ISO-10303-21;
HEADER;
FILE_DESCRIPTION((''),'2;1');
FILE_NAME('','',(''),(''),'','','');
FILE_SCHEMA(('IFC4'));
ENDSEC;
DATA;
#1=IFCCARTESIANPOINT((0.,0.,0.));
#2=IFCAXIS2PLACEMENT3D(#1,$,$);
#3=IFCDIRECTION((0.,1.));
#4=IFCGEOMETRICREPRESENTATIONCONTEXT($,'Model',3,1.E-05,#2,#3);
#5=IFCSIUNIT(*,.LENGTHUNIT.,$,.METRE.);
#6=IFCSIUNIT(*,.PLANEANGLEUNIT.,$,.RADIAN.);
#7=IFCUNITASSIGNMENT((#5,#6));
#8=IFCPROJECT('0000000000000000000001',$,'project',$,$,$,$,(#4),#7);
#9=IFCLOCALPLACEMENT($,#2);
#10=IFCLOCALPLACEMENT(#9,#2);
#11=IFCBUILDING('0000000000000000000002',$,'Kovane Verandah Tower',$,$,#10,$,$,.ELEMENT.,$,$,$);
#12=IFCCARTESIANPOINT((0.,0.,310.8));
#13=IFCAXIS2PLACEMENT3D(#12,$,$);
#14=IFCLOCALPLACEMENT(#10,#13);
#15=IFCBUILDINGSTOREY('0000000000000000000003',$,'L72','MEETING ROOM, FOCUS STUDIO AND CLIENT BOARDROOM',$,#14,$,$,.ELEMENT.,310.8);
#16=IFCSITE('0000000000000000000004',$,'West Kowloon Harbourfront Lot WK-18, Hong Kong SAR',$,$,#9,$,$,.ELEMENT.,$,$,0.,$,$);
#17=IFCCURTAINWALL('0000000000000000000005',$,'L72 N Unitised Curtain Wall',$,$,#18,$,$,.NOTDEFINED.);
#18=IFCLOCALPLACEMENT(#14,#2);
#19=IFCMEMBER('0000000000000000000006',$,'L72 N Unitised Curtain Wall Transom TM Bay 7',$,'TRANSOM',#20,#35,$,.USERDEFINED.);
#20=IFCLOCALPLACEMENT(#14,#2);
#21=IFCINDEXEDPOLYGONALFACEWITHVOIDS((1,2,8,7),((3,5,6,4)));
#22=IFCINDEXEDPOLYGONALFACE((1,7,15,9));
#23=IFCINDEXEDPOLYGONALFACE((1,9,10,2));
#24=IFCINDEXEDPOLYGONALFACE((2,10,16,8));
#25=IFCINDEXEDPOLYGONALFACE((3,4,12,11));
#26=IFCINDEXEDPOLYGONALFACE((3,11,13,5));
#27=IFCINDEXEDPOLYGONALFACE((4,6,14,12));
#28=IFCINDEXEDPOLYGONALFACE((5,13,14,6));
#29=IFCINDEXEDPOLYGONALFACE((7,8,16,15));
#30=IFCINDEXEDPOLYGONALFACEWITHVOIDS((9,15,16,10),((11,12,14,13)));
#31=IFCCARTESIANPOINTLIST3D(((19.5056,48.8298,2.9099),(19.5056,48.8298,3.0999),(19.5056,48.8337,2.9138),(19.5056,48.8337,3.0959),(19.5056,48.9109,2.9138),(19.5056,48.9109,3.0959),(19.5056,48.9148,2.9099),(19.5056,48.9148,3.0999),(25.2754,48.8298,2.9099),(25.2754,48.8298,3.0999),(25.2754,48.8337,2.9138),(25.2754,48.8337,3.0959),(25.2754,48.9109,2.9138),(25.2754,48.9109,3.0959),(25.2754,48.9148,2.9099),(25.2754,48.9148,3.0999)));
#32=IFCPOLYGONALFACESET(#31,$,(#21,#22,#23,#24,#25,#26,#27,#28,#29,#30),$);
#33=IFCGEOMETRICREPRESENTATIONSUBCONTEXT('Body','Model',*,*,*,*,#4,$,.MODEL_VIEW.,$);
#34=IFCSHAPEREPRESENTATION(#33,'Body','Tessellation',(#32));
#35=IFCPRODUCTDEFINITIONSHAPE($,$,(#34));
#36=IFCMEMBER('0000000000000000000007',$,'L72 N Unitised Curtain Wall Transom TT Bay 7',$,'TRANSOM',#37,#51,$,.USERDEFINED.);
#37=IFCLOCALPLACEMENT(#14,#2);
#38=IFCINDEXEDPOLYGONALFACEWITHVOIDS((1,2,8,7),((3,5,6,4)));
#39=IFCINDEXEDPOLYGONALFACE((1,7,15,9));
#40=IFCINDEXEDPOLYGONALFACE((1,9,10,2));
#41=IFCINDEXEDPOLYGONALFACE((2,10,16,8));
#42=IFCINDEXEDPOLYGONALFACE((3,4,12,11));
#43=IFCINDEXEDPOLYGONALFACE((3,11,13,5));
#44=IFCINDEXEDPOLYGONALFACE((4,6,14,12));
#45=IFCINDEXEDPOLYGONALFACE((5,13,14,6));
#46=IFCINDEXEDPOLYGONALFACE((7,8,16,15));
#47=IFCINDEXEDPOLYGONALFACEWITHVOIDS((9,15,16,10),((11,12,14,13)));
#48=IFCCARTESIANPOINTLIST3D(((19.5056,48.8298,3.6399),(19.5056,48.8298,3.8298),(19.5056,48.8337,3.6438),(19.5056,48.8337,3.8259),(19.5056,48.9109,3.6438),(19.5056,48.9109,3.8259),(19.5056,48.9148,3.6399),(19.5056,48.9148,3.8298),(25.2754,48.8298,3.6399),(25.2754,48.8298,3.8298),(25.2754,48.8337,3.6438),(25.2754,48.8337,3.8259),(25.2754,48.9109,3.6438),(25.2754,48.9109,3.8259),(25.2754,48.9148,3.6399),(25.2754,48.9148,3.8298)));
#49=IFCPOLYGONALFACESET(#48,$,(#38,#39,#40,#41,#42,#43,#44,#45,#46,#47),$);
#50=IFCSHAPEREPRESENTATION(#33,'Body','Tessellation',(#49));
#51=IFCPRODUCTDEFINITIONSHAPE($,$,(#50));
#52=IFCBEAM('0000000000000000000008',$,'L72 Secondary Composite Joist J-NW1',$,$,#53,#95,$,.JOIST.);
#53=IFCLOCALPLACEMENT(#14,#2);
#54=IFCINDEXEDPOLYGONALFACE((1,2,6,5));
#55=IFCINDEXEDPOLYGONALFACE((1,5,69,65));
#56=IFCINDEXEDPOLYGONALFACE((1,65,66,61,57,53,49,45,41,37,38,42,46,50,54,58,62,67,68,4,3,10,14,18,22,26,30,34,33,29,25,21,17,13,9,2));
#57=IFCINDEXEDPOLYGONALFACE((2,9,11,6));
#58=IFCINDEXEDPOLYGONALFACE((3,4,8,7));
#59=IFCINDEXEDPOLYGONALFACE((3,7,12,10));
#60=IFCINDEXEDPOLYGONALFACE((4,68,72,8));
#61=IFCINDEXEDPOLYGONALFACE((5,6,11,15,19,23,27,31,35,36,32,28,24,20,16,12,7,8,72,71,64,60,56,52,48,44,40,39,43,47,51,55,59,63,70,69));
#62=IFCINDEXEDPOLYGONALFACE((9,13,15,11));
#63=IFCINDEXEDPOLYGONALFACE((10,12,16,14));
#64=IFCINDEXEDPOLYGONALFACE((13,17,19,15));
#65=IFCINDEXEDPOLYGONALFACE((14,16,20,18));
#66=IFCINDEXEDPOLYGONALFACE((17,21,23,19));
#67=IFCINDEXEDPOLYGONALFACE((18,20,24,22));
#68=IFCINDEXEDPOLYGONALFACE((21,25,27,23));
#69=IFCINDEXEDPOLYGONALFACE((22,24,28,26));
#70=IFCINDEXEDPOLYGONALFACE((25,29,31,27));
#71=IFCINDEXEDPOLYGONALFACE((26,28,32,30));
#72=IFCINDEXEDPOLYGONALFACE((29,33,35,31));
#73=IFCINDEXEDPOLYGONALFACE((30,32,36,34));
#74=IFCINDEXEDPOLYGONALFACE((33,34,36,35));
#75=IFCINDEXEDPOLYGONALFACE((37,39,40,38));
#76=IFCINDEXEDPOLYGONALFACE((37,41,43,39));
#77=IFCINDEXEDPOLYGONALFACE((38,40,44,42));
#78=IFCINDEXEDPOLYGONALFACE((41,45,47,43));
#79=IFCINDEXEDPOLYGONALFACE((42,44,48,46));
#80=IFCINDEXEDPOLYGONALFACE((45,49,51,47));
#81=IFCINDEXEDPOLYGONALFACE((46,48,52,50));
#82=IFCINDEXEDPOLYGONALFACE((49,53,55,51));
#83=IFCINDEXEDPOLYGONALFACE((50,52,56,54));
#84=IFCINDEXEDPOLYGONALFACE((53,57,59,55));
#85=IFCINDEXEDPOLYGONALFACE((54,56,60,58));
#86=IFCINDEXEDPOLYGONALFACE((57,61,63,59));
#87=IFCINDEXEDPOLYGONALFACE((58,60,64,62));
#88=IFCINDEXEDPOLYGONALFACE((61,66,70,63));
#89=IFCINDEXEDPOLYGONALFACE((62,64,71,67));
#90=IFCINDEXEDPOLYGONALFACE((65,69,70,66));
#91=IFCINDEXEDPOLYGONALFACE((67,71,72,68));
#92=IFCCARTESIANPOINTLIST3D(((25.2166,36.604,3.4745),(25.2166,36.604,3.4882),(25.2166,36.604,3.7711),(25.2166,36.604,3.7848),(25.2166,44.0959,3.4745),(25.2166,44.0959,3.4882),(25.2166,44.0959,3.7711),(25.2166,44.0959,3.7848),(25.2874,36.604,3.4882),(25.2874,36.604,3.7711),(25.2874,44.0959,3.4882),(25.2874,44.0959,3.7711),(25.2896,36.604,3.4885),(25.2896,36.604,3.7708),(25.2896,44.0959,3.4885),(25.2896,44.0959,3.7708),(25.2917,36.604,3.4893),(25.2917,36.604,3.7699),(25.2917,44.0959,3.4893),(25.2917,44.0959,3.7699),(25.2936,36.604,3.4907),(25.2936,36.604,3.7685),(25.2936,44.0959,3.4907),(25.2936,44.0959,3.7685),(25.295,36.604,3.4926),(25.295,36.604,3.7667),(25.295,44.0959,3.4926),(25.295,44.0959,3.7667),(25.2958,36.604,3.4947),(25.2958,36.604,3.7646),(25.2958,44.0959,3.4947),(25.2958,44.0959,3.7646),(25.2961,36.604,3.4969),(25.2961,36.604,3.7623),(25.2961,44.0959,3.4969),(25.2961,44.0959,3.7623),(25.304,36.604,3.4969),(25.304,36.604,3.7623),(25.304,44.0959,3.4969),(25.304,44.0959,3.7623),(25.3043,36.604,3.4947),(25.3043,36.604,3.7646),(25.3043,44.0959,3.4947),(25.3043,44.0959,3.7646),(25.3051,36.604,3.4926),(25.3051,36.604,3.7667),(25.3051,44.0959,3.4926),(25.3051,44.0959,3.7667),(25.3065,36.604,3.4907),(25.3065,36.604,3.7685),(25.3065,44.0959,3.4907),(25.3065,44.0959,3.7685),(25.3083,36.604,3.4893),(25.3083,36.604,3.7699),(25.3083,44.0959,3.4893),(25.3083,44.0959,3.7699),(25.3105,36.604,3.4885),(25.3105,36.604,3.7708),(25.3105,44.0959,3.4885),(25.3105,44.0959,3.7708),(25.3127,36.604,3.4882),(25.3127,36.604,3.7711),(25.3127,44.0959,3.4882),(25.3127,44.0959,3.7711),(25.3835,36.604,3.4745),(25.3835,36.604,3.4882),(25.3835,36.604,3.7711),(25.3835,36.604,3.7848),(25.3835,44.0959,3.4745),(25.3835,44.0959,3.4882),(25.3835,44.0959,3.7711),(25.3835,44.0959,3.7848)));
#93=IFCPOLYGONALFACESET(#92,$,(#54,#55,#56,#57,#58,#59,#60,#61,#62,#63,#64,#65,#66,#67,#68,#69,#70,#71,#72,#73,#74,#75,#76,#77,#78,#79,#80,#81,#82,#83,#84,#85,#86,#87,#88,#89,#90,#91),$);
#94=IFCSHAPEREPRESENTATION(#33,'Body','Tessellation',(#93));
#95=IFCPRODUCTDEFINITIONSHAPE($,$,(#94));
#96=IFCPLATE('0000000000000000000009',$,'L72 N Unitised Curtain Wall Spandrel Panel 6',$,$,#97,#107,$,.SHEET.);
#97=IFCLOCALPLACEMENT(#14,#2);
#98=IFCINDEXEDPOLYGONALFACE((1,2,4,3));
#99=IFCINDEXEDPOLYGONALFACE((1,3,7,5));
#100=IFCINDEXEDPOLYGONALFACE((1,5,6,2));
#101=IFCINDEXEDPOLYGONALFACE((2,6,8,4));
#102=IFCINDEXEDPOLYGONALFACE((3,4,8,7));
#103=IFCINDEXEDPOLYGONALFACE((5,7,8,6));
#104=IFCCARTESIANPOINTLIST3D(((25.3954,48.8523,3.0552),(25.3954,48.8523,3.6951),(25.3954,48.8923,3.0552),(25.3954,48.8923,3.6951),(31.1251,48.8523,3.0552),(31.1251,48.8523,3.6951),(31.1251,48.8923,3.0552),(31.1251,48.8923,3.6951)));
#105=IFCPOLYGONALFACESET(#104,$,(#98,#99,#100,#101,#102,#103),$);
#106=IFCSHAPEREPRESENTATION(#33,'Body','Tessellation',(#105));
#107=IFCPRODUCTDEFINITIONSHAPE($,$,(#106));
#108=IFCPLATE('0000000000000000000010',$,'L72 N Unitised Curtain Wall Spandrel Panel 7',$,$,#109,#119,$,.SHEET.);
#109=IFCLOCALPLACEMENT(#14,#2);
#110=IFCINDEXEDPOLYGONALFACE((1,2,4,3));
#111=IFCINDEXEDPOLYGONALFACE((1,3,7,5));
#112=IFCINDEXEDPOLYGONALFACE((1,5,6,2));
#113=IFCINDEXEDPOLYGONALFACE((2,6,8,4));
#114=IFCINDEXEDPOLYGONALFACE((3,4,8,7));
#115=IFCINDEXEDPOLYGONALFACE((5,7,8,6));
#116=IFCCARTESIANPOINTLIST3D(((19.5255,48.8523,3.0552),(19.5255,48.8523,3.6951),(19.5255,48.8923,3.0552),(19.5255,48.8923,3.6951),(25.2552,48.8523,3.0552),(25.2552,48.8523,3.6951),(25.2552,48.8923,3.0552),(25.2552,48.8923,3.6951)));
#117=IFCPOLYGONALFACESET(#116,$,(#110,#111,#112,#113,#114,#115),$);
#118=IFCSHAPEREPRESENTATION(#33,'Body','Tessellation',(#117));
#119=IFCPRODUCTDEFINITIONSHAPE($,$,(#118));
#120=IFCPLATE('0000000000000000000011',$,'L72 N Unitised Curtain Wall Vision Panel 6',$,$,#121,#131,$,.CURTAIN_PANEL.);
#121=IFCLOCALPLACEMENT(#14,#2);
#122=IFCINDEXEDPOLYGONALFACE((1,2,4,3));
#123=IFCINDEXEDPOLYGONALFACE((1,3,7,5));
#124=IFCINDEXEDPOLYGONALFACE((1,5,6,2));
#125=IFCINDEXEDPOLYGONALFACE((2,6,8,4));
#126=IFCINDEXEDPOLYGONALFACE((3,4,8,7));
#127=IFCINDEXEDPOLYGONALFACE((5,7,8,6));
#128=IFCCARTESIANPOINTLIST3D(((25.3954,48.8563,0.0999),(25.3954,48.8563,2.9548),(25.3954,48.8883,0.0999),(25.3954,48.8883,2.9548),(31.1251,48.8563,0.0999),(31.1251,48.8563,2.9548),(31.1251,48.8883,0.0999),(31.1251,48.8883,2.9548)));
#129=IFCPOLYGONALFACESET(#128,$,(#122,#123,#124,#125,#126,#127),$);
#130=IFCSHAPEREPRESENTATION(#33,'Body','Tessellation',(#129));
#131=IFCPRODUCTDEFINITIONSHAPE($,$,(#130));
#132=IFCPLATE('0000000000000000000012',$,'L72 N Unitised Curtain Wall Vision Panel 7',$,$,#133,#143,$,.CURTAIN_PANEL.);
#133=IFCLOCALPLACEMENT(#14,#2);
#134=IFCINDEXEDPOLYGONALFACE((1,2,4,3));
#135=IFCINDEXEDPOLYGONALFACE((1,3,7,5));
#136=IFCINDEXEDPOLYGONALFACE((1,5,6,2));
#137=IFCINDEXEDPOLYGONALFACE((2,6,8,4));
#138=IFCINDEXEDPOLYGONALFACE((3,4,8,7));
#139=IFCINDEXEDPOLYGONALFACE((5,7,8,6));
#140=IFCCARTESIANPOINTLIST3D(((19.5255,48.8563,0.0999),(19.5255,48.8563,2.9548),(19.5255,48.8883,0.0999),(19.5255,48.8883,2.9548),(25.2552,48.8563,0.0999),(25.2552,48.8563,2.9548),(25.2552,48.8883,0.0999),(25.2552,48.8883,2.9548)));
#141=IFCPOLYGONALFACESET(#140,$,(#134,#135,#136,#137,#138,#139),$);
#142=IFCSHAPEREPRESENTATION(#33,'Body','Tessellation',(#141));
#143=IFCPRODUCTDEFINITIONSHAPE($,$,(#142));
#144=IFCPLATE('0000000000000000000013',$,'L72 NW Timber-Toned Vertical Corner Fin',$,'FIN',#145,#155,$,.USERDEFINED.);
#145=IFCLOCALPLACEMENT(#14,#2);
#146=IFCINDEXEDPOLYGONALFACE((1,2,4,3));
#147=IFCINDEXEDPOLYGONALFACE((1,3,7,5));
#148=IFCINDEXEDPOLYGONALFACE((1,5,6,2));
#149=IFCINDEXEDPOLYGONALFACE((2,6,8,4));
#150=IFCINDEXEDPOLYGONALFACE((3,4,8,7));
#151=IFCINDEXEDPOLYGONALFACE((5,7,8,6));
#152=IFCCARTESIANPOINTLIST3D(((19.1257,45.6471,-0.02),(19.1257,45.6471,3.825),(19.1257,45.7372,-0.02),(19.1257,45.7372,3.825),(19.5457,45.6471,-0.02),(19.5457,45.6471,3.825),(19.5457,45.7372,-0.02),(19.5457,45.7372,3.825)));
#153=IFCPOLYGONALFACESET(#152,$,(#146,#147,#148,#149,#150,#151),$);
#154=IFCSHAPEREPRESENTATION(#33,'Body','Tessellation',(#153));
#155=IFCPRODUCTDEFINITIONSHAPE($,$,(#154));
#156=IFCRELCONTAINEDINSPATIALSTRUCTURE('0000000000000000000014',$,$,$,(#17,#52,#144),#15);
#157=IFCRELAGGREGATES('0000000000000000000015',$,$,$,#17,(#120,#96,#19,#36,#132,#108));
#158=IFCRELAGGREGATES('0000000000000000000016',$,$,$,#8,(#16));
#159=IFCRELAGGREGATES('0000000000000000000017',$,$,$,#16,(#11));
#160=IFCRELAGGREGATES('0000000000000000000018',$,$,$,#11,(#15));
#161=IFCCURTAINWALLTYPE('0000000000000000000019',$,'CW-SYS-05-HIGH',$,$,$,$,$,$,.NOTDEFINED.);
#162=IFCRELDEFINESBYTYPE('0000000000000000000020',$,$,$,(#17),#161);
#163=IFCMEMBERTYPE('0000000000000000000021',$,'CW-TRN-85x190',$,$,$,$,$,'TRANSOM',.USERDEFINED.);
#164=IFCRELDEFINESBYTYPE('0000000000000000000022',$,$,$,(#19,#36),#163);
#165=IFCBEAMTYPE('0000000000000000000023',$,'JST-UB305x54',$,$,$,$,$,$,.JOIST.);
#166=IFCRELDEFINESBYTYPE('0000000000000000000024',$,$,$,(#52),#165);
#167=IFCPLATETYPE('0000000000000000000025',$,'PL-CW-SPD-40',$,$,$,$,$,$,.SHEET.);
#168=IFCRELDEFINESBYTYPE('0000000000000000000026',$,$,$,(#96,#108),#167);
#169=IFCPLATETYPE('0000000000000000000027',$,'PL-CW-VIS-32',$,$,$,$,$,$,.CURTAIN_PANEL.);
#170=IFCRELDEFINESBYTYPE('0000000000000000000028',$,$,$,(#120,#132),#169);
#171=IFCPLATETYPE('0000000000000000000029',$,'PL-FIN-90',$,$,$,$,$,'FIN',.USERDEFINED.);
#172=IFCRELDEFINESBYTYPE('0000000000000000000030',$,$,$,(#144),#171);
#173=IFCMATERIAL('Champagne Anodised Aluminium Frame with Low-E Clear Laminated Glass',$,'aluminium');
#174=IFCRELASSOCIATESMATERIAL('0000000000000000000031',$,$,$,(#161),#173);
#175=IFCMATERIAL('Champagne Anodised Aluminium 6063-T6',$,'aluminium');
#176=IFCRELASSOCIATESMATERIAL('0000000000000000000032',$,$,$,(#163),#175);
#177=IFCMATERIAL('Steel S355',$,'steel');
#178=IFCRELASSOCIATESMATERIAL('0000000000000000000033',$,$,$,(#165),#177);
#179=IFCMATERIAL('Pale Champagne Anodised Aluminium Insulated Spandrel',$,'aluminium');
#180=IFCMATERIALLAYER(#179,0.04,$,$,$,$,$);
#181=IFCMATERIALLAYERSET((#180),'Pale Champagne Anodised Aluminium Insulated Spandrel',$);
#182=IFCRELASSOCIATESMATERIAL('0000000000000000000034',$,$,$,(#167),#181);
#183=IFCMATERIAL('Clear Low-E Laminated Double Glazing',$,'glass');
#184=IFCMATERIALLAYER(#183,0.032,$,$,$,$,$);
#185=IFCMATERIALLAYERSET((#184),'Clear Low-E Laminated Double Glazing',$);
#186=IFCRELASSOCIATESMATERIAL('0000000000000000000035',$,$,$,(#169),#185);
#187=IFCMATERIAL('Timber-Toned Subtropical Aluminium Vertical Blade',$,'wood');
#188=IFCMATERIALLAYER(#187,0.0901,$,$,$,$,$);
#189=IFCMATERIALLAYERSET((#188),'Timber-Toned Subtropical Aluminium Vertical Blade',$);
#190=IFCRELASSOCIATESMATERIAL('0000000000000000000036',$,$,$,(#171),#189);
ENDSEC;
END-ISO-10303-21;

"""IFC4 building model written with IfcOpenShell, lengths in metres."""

from ifc_helpers import new_model, si_unit, direction, frame, origin, origin_2d, place, context, subcontext, project, spatial, rectangle, hollow_rectangle, i_section, extrude, material, layer, layer_set, material_profile, profile_set, type_object, element, aggregate, save


model = new_model("IFC4")

# Units and contexts
model_context = context("Model", 3, precision=1e-05, world=origin(), true_north=direction((0.0, 1.0)))
body_context = subcontext(model_context, "Body", "Model", "MODEL_VIEW")
ifc_project = project(units=[si_unit("LENGTHUNIT", "METRE"), si_unit("PLANEANGLEUNIT", "RADIAN")], contexts=[model_context])

# Site, building, storey
site_placement = place(None, origin())
site = spatial("IfcSite", under=ifc_project, at=site_placement, Name="West Kowloon Harbourfront Lot WK-18, Hong Kong SAR", CompositionType="ELEMENT", RefElevation=0.0)
building_placement = place(site_placement, origin())
building = spatial("IfcBuilding", under=site, at=building_placement, Name="Kovane Verandah Tower", CompositionType="ELEMENT")
storey_placement = place(building_placement, frame((0.0, 0.0, 310.8)))
storey = spatial("IfcBuildingStorey", under=building, at=storey_placement, Name="L72", Description="MEETING ROOM, FOCUS STUDIO AND CLIENT BOARDROOM", CompositionType="ELEMENT", Elevation=310.8)

# Shared definitions
ifc_material_1 = material(Name="Steel S355", Category="steel")

# Curtain wall, members
ifc_material_2 = material(Name="Champagne Anodised Aluminium Frame with Low-E Clear Laminated Glass", Category="aluminium")
curtain_wall_type = type_object("IfcCurtainWallType", Name="CW-SYS-05-HIGH", PredefinedType="NOTDEFINED", material=ifc_material_2)
curtain_wall_placement = place(storey_placement, origin())
curtain_wall = element("IfcCurtainWall", 1, at=curtain_wall_placement, inside=storey, type_object=curtain_wall_type, Name="L72 N Unitised Curtain Wall", PredefinedType="NOTDEFINED")
ifc_material_3 = material(Name="Champagne Anodised Aluminium 6063-T6", Category="aluminium")
ifc_material_profile_1 = material_profile(ifc_material_3, hollow_rectangle(XDim=0.085, YDim=0.1899, WallThickness=0.0039, at=origin_2d()), Name="AL85x190x4")
ifc_profile_set_1 = profile_set([ifc_material_profile_1], Name="Champagne Anodised Aluminium 6063-T6")
member_type_1 = type_object("IfcMemberType", Name="CW-TRN-85x190", ElementType="TRANSOM", PredefinedType="USERDEFINED", material=ifc_profile_set_1)
member_1_placement = place(storey_placement, frame((25.2754, 48.8723, 3.0049), z_axis=(-1.0, 0.0, 0.0), x_axis=(0.0, -1.0, 0.0)))
member_1 = element("IfcMember", 2, at=member_1_placement, type_object=member_type_1, Name="L72 N Unitised Curtain Wall Transom TM Bay 7", ObjectType="TRANSOM", PredefinedType="USERDEFINED", context=body_context, shape_type="SweptSolid", body=[
    extrude(hollow_rectangle(XDim=0.085, YDim=0.1899, WallThickness=0.0039, at=origin_2d()), origin(), (0.0, 0.0, 1.0), 5.7698),
])
member_2_placement = place(storey_placement, frame((25.2754, 48.8723, 3.7349), z_axis=(-1.0, 0.0, 0.0), x_axis=(0.0, -1.0, 0.0)))
member_2 = element("IfcMember", 3, at=member_2_placement, type_object=member_type_1, Name="L72 N Unitised Curtain Wall Transom TT Bay 7", ObjectType="TRANSOM", PredefinedType="USERDEFINED", context=body_context, shape_type="SweptSolid", body=[
    extrude(hollow_rectangle(XDim=0.085, YDim=0.1899, WallThickness=0.0039, at=origin_2d()), origin(), (0.0, 0.0, 1.0), 5.7698),
])

# Beam
ifc_material_profile_2 = material_profile(ifc_material_1, i_section(OverallWidth=0.167, OverallDepth=0.3103, WebThickness=0.0078, FlangeThickness=0.0137, FilletRadius=0.0088, at=origin_2d()), Name="UB305x165x54")
ifc_profile_set_2 = profile_set([ifc_material_profile_2], Name="Steel S355")
beam_type_1 = type_object("IfcBeamType", Name="JST-UB305x54", PredefinedType="JOIST", material=ifc_profile_set_2)
beam_1_placement = place(storey_placement, frame((25.3, 36.604, 3.6296), z_axis=(0.0, 1.0, 0.0), x_axis=(-1.0, 0.0, 0.0)))
element("IfcBeam", 4, at=beam_1_placement, inside=storey, type_object=beam_type_1, Name="L72 Secondary Composite Joist J-NW1", PredefinedType="JOIST", context=body_context, shape_type="SweptSolid", body=[
    extrude(i_section(OverallWidth=0.167, OverallDepth=0.3103, WebThickness=0.0078, FlangeThickness=0.0137, FilletRadius=0.0088, at=origin_2d()), origin(), (0.0, 0.0, 1.0), 7.4919),
])

# Plates
ifc_material_4 = material(Name="Pale Champagne Anodised Aluminium Insulated Spandrel", Category="aluminium")
ifc_layer_1 = layer(ifc_material_4, 0.04)
ifc_layer_set_1 = layer_set([ifc_layer_1], Name="Pale Champagne Anodised Aluminium Insulated Spandrel")
plate_type_1 = type_object("IfcPlateType", Name="PL-CW-SPD-40", PredefinedType="SHEET", material=ifc_layer_set_1)
plate_1_placement = place(storey_placement, frame((28.2603, 48.8723, 3.0552), z_axis=(0.0, 0.0, 1.0), x_axis=(-1.0, 0.0, 0.0)))
plate_1 = element("IfcPlate", 5, at=plate_1_placement, type_object=plate_type_1, Name="L72 N Unitised Curtain Wall Spandrel Panel 6", PredefinedType="SHEET", context=body_context, shape_type="SweptSolid", body=[
    extrude(rectangle(XDim=5.7297, YDim=0.04, at=origin_2d()), origin(), (0.0, 0.0, 1.0), 0.6399),
])
plate_2_placement = place(storey_placement, frame((22.3904, 48.8723, 3.0552), z_axis=(0.0, 0.0, 1.0), x_axis=(-1.0, 0.0, 0.0)))
plate_2 = element("IfcPlate", 6, at=plate_2_placement, type_object=plate_type_1, Name="L72 N Unitised Curtain Wall Spandrel Panel 7", PredefinedType="SHEET", context=body_context, shape_type="SweptSolid", body=[
    extrude(rectangle(XDim=5.7297, YDim=0.04, at=origin_2d()), origin(), (0.0, 0.0, 1.0), 0.6399),
])
ifc_material_5 = material(Name="Clear Low-E Laminated Double Glazing", Category="glass")
ifc_layer_2 = layer(ifc_material_5, 0.032)
ifc_layer_set_2 = layer_set([ifc_layer_2], Name="Clear Low-E Laminated Double Glazing")
plate_type_2 = type_object("IfcPlateType", Name="PL-CW-VIS-32", PredefinedType="CURTAIN_PANEL", material=ifc_layer_set_2)
plate_3_placement = place(storey_placement, frame((28.2603, 48.8723, 0.0999), z_axis=(0.0, 0.0, 1.0), x_axis=(-1.0, 0.0, 0.0)))
plate_3 = element("IfcPlate", 7, at=plate_3_placement, type_object=plate_type_2, Name="L72 N Unitised Curtain Wall Vision Panel 6", PredefinedType="CURTAIN_PANEL", context=body_context, shape_type="SweptSolid", body=[
    extrude(rectangle(XDim=5.7297, YDim=0.032, at=origin_2d()), origin(), (0.0, 0.0, 1.0), 2.855),
])
plate_4_placement = place(storey_placement, frame((22.3904, 48.8723, 0.0999), z_axis=(0.0, 0.0, 1.0), x_axis=(-1.0, 0.0, 0.0)))
plate_4 = element("IfcPlate", 8, at=plate_4_placement, type_object=plate_type_2, Name="L72 N Unitised Curtain Wall Vision Panel 7", PredefinedType="CURTAIN_PANEL", context=body_context, shape_type="SweptSolid", body=[
    extrude(rectangle(XDim=5.7297, YDim=0.032, at=origin_2d()), origin(), (0.0, 0.0, 1.0), 2.855),
])
aggregate(curtain_wall, [plate_3, plate_1, member_1, member_2, plate_4, plate_2])
ifc_material_6 = material(Name="Timber-Toned Subtropical Aluminium Vertical Blade", Category="wood")
ifc_layer_3 = layer(ifc_material_6, 0.0901)
ifc_layer_set_3 = layer_set([ifc_layer_3], Name="Timber-Toned Subtropical Aluminium Vertical Blade")
plate_type_3 = type_object("IfcPlateType", Name="PL-FIN-90", ElementType="FIN", PredefinedType="USERDEFINED", material=ifc_layer_set_3)
plate_5_placement = place(storey_placement, frame((19.3357, 45.6921, -0.02), z_axis=(0.0, 0.0, 1.0), x_axis=(1.0, 0.0, 0.0)))
element("IfcPlate", 9, at=plate_5_placement, inside=storey, type_object=plate_type_3, Name="L72 NW Timber-Toned Vertical Corner Fin", ObjectType="FIN", PredefinedType="USERDEFINED", context=body_context, shape_type="SweptSolid", body=[
    extrude(rectangle(XDim=0.4199, YDim=0.0901, at=origin_2d()), origin(), (0.0, 0.0, 1.0), 3.845),
])

save(model, "model.ifc")
